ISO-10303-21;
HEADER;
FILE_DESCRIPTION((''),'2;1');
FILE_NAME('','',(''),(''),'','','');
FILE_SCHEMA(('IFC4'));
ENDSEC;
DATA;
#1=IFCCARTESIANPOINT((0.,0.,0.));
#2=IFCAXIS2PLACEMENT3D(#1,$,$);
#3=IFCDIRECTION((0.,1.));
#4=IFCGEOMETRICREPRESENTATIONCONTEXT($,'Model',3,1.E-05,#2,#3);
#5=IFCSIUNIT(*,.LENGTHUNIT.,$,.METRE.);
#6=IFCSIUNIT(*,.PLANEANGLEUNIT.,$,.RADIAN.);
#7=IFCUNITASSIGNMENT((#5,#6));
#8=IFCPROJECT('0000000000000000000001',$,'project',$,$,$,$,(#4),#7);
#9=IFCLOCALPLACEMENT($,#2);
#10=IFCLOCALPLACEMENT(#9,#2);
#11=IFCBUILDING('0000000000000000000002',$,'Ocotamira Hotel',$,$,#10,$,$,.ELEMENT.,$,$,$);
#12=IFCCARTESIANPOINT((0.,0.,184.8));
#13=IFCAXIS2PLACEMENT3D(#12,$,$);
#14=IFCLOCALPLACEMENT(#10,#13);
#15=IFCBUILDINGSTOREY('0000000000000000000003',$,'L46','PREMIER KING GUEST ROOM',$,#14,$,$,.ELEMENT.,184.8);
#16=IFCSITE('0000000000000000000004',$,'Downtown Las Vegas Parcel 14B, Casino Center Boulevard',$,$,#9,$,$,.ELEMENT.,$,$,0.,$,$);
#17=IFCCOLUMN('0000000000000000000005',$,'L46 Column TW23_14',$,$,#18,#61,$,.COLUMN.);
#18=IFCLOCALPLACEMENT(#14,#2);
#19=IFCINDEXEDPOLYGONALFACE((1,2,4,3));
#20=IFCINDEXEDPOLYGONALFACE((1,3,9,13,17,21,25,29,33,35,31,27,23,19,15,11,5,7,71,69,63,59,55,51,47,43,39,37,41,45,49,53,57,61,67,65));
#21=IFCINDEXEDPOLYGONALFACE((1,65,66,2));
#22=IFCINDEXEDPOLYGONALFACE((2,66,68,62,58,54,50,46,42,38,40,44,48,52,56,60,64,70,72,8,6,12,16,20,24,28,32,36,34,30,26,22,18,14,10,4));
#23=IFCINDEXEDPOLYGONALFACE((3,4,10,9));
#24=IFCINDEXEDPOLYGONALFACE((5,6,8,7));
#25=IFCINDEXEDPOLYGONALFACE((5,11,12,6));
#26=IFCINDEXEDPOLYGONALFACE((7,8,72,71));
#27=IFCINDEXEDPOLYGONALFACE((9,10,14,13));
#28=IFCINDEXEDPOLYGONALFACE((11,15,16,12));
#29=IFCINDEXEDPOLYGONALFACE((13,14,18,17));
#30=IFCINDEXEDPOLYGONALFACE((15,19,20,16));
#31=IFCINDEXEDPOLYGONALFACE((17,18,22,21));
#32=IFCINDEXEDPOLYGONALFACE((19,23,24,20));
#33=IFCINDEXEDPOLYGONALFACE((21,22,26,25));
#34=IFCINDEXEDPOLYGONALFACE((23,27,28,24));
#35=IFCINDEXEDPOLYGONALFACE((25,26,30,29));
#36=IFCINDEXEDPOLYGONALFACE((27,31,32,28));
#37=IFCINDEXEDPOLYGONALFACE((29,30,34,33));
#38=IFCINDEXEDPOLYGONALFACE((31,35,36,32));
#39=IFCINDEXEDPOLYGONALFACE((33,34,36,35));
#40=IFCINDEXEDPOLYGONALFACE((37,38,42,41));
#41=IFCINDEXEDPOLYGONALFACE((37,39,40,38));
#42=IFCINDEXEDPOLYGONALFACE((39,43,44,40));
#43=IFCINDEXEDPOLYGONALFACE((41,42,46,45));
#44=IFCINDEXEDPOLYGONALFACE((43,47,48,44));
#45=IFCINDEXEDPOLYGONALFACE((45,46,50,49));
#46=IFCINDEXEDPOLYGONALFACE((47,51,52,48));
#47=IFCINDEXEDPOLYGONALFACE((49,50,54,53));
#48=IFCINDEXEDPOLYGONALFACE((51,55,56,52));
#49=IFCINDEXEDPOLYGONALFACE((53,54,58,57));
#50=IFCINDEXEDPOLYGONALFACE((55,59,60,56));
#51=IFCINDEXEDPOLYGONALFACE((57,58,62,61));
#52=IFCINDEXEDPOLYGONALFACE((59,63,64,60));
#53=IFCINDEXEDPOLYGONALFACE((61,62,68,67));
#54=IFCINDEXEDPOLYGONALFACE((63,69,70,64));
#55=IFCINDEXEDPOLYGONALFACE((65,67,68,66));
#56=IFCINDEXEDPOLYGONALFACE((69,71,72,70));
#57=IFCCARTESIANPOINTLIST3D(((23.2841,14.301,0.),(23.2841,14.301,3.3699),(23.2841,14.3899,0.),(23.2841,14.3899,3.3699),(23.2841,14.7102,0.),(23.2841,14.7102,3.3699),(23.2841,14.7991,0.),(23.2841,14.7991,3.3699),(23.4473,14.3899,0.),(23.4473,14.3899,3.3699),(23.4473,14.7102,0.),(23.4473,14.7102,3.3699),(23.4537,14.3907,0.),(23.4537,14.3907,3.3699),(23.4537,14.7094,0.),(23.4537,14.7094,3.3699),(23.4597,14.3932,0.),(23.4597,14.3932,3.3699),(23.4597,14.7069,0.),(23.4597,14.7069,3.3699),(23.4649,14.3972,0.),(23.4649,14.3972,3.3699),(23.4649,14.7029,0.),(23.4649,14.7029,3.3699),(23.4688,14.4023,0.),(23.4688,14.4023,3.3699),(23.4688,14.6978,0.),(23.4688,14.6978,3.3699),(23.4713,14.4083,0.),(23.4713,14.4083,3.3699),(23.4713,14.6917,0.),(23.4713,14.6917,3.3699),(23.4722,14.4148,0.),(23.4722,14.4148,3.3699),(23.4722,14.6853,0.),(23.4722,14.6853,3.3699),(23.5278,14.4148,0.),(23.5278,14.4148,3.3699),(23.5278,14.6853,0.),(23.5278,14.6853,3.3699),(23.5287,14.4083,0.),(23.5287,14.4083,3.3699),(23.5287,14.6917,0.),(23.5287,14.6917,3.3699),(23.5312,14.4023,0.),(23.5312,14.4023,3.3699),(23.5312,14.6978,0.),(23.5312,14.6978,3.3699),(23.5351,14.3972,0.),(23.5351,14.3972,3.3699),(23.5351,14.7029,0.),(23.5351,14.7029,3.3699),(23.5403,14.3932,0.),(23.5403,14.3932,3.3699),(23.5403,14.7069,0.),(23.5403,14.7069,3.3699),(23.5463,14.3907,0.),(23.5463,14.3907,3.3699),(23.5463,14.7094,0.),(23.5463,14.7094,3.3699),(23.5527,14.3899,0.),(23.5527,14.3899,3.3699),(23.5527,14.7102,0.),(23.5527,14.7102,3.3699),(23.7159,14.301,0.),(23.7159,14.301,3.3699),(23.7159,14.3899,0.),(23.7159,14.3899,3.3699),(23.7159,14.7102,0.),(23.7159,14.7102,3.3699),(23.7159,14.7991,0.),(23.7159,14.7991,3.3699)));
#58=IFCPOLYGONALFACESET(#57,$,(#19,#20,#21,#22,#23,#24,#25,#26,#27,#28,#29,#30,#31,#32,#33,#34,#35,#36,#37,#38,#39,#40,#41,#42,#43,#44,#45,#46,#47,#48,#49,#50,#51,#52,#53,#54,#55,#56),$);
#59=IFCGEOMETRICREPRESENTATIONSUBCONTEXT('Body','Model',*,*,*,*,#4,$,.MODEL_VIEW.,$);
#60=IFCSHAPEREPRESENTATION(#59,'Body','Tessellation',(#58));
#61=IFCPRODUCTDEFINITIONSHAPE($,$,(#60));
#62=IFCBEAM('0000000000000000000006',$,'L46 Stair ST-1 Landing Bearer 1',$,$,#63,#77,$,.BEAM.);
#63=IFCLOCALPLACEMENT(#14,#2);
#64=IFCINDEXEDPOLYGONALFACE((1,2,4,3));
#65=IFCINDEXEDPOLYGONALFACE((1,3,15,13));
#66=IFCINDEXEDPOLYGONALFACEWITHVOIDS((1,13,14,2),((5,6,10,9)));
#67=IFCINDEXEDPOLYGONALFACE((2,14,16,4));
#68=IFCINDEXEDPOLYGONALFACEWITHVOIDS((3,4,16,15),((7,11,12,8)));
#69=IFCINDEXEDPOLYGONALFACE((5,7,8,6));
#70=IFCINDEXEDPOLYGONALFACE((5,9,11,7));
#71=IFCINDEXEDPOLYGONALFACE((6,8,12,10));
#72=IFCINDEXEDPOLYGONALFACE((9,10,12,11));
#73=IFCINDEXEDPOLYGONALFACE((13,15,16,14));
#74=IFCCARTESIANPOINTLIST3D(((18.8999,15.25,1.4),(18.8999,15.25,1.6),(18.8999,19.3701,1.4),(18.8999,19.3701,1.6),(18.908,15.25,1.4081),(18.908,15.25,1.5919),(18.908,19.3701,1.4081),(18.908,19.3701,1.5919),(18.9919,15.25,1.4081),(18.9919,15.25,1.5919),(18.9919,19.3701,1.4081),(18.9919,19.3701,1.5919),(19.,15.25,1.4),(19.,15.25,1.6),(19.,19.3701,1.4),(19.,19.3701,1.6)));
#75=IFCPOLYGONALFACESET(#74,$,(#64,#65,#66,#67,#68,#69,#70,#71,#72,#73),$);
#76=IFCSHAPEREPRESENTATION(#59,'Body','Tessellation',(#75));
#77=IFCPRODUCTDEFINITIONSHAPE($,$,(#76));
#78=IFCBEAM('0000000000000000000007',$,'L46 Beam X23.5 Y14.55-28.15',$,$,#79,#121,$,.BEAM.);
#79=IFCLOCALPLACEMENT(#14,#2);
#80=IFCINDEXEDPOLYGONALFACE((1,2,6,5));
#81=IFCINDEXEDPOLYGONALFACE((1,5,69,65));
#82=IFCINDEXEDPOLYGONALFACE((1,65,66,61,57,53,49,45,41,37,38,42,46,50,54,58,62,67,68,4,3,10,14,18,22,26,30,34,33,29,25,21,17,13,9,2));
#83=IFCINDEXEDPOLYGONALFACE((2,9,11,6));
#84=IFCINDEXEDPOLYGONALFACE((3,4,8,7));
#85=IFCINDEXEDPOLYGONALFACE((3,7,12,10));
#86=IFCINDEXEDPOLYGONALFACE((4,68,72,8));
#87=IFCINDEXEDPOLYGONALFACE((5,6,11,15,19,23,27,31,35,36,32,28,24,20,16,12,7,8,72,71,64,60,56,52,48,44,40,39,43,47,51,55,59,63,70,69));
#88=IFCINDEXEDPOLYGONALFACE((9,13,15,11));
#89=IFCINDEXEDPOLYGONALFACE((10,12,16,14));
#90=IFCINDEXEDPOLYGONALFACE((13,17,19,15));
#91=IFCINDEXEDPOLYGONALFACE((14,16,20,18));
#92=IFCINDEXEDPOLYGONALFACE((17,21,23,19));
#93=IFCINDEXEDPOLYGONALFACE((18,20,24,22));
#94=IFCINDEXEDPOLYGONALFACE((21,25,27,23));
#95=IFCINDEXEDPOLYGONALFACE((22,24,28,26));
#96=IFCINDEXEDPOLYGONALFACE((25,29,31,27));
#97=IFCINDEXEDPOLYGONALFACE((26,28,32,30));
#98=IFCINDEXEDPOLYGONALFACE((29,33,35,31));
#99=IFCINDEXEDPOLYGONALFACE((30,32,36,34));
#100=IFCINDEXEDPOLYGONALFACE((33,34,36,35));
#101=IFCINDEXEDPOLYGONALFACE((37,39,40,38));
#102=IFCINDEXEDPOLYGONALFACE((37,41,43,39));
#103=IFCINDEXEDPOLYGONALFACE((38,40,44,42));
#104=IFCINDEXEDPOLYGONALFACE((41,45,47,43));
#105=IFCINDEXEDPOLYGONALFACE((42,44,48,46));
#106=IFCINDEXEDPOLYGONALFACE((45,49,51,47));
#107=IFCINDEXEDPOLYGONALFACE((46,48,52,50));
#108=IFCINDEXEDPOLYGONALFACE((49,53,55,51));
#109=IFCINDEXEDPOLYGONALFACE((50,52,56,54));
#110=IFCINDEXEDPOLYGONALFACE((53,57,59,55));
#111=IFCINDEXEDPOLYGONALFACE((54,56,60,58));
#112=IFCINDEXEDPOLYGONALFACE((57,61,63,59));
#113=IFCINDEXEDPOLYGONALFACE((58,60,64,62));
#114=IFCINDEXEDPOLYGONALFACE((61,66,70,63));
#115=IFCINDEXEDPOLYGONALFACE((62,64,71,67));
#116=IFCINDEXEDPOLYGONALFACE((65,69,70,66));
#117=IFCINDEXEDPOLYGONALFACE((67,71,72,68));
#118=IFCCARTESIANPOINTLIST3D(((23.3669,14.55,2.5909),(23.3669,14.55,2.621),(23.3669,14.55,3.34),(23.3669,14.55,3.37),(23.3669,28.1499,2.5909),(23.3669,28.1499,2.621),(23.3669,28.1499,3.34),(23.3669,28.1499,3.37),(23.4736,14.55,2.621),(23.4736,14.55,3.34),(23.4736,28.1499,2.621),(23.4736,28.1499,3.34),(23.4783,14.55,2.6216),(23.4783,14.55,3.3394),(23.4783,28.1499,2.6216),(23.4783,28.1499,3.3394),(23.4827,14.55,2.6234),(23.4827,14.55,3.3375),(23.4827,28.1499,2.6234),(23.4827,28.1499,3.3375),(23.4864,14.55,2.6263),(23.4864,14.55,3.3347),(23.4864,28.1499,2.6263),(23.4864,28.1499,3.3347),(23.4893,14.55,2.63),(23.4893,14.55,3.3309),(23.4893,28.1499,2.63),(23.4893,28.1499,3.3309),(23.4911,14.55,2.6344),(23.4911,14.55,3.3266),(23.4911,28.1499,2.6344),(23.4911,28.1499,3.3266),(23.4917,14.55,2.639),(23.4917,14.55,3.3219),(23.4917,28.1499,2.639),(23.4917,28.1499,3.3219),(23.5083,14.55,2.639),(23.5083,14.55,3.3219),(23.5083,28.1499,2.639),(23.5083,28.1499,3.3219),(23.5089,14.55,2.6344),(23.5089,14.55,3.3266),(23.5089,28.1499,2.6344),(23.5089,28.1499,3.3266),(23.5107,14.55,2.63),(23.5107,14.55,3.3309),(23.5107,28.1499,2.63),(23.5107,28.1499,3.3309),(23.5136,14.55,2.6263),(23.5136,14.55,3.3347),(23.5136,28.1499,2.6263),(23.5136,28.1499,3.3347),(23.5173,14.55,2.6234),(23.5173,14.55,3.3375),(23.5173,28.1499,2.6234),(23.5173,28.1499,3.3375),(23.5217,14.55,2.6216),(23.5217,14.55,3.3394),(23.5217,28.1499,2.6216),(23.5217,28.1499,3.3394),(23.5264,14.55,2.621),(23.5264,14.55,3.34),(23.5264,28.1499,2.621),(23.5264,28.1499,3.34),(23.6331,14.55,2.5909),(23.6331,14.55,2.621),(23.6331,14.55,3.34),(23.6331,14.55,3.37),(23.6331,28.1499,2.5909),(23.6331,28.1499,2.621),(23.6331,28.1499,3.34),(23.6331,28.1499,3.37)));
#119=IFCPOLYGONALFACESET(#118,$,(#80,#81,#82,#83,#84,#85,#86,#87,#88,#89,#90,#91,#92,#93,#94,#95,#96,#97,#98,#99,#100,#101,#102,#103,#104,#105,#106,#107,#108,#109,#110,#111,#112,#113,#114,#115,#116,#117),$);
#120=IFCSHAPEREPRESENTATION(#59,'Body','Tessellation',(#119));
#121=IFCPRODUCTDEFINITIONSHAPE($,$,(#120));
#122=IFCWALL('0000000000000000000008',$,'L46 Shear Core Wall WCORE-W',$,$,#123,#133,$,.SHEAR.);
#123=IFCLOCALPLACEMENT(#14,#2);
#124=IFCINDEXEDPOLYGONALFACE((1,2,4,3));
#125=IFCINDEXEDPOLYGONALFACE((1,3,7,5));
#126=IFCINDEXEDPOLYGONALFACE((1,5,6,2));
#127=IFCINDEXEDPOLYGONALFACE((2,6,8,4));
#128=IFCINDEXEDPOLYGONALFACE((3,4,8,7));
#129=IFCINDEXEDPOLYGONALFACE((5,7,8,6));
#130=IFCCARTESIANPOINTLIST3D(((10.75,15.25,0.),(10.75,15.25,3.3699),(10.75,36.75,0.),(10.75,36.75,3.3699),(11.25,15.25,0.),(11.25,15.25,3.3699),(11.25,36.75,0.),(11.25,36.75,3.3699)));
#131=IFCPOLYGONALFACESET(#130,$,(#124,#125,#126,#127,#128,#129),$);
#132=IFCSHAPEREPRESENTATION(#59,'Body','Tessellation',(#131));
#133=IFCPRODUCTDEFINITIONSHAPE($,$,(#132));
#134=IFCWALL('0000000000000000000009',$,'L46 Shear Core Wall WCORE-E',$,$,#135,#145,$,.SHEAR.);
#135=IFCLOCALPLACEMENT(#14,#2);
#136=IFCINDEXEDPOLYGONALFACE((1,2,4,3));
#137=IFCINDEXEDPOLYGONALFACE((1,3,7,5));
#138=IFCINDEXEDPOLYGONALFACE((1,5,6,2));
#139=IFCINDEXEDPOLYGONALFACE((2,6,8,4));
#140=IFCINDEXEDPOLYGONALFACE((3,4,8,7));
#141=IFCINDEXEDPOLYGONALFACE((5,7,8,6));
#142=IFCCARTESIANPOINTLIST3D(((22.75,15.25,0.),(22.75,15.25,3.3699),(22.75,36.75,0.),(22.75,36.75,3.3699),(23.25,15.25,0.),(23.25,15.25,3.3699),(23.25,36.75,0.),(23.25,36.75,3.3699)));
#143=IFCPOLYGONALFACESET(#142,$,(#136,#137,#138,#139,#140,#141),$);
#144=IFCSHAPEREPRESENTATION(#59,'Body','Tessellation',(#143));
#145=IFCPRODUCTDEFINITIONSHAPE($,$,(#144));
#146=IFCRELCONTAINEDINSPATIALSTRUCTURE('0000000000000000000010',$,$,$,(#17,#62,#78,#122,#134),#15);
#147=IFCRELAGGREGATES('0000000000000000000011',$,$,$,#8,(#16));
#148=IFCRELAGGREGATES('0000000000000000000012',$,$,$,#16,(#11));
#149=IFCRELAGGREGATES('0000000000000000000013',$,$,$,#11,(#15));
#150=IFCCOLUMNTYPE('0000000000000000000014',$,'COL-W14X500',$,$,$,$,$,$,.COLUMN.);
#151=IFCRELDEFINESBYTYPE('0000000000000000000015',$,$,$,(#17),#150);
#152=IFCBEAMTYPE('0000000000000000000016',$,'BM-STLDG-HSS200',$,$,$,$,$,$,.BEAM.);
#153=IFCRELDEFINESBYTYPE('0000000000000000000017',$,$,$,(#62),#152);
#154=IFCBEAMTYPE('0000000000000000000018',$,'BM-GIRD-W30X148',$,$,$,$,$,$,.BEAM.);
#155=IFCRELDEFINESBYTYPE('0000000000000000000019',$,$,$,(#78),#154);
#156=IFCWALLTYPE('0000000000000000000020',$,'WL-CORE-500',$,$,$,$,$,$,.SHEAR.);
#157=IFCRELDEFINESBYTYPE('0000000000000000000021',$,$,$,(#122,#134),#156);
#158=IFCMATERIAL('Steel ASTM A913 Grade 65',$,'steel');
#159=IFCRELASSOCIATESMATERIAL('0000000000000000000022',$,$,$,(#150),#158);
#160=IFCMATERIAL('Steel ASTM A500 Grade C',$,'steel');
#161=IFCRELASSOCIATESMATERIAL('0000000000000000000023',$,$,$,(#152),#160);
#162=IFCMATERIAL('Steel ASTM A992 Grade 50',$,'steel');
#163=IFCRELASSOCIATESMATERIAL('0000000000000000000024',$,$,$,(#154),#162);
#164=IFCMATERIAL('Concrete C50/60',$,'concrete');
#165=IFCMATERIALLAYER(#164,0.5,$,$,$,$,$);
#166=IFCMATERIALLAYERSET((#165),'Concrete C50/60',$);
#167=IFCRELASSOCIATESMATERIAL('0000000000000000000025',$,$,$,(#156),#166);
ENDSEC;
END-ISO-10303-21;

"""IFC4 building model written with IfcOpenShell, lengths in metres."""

from ifc_helpers import new_model, si_unit, direction, frame, frame_2d, origin, origin_2d, place, context, subcontext, project, spatial, rectangle, hollow_rectangle, i_section, extrude, source, transform, mapped, material, layer, layer_set, material_profile, profile_set, type_object, element, save


model = new_model("IFC4")

# Units and contexts
model_context = context("Model", 3, precision=1e-05, world=origin(), true_north=direction((0.0, 1.0)))
body_context = subcontext(model_context, "Body", "Model", "MODEL_VIEW")
ifc_project = project(units=[si_unit("LENGTHUNIT", "METRE"), si_unit("PLANEANGLEUNIT", "RADIAN")], contexts=[model_context])

# Site, building, storey
site_placement = place(None, origin())
site = spatial("IfcSite", under=ifc_project, at=site_placement, Name="Downtown Las Vegas Parcel 14B, Casino Center Boulevard", CompositionType="ELEMENT", RefElevation=0.0)
building_placement = place(site_placement, origin())
building = spatial("IfcBuilding", under=site, at=building_placement, Name="Ocotamira Hotel", CompositionType="ELEMENT")
storey_placement = place(building_placement, frame((0.0, 0.0, 184.8)))
storey = spatial("IfcBuildingStorey", under=building, at=storey_placement, Name="L46", Description="PREMIER KING GUEST ROOM", CompositionType="ELEMENT", Elevation=184.8)

# Column
ifc_material_1 = material(Name="Steel ASTM A913 Grade 65", Category="steel")
ifc_material_profile_1 = material_profile(ifc_material_1, i_section(OverallWidth=0.4319, OverallDepth=0.498, WebThickness=0.0557, FlangeThickness=0.0889, FilletRadius=0.0249, at=origin_2d()), Name="W14X500")
ifc_profile_set_1 = profile_set([ifc_material_profile_1], Name="Steel ASTM A913 Grade 65")
column_type = type_object("IfcColumnType", Name="COL-W14X500", PredefinedType="COLUMN", material=ifc_profile_set_1)
shared_shape_1 = source(origin(), body_context, "Body", "SweptSolid", [
    extrude(i_section(OverallWidth=0.4319, OverallDepth=0.498, WebThickness=0.0557, FlangeThickness=0.0889, FilletRadius=0.0249, at=origin_2d()), origin(), (0.0, 0.0, 1.0), 3.3699),
])
column_placement = place(storey_placement, frame((23.5, 14.55, 0.0), z_axis=(0.0, 0.0, 1.0), x_axis=(1.0, 0.0, 0.0)))
element("IfcColumn", 1, at=column_placement, inside=storey, type_object=column_type, Name="L46 Column TW23_14", PredefinedType="COLUMN", context=body_context, shape_type="MappedRepresentation", body=[
    mapped(shared_shape_1, transform((0.0, 0.0, 0.0), scale=1.0)),
])

# Beams
ifc_material_2 = material(Name="Steel ASTM A500 Grade C", Category="steel")
ifc_material_profile_2 = material_profile(ifc_material_2, hollow_rectangle(XDim=0.1001, YDim=0.2, WallThickness=0.0081, at=origin_2d()), Name="HSS200X100X8")
ifc_profile_set_2 = profile_set([ifc_material_profile_2], Name="Steel ASTM A500 Grade C")
beam_type_1 = type_object("IfcBeamType", Name="BM-STLDG-HSS200", PredefinedType="BEAM", material=ifc_profile_set_2)
shared_shape_2 = source(origin(), body_context, "Body", "SweptSolid", [
    extrude(hollow_rectangle(XDim=0.1001, YDim=0.2, WallThickness=0.0081, at=origin_2d()), origin(), (0.0, 0.0, 1.0), 4.1201),
])
beam_1_placement = place(storey_placement, frame((18.95, 15.25, 1.5), z_axis=(0.0, 1.0, 0.0), x_axis=(-1.0, 0.0, 0.0)))
element("IfcBeam", 2, at=beam_1_placement, inside=storey, type_object=beam_type_1, Name="L46 Stair ST-1 Landing Bearer 1", PredefinedType="BEAM", context=body_context, shape_type="MappedRepresentation", body=[
    mapped(shared_shape_2, transform((0.0, 0.0, 0.0), scale=1.0)),
])
ifc_material_3 = material(Name="Steel ASTM A992 Grade 50", Category="steel")
ifc_material_profile_3 = material_profile(ifc_material_3, i_section(OverallWidth=0.2661, OverallDepth=0.7791, WebThickness=0.0166, FlangeThickness=0.03, FilletRadius=0.0181, at=origin_2d()), Name="W30X148")
ifc_profile_set_3 = profile_set([ifc_material_profile_3], Name="Steel ASTM A992 Grade 50")
beam_type_2 = type_object("IfcBeamType", Name="BM-GIRD-W30X148", PredefinedType="BEAM", material=ifc_profile_set_3)
shared_shape_3 = source(origin(), body_context, "Body", "SweptSolid", [
    extrude(i_section(OverallWidth=0.2661, OverallDepth=0.7791, WebThickness=0.0166, FlangeThickness=0.03, FilletRadius=0.0181, at=origin_2d()), origin(), (0.0, 0.0, 1.0), 13.5999),
])
beam_2_placement = place(storey_placement, frame((23.5, 14.55, 2.9805), z_axis=(0.0, 1.0, 0.0), x_axis=(-1.0, 0.0, 0.0)))
element("IfcBeam", 3, at=beam_2_placement, inside=storey, type_object=beam_type_2, Name="L46 Beam X23.5 Y14.55-28.15", PredefinedType="BEAM", context=body_context, shape_type="MappedRepresentation", body=[
    mapped(shared_shape_3, transform((0.0, 0.0, 0.0), scale=1.0)),
])

# Walls
ifc_material_4 = material(Name="Concrete C50/60", Category="concrete")
ifc_layer_1 = layer(ifc_material_4, 0.5)
ifc_layer_set_1 = layer_set([ifc_layer_1], Name="Concrete C50/60")
wall_type_1 = type_object("IfcWallType", Name="WL-CORE-500", PredefinedType="SHEAR", material=ifc_layer_set_1)
for number, where, z_axis, x_axis, name in (
    (4, (11.0, 15.25, 0.0), (0.0, 0.0, 1.0), (0.0, 1.0, 0.0), "L46 Shear Core Wall WCORE-W"),
    (5, (23.0, 15.25, 0.0), (0.0, 0.0, 1.0), (0.0, 1.0, 0.0), "L46 Shear Core Wall WCORE-E"),
):
    element("IfcWall", number, at=place(storey_placement, frame(where, z_axis=z_axis, x_axis=x_axis)), inside=storey, type_object=wall_type_1, Name=name, PredefinedType="SHEAR", context=body_context, shape_type="SweptSolid", body=[
        extrude(rectangle(XDim=21.5, YDim=0.5, at=frame_2d((10.75, 0.0))), origin(), (0.0, 0.0, 1.0), 3.3699),
    ])

save(model, "model.ifc")
